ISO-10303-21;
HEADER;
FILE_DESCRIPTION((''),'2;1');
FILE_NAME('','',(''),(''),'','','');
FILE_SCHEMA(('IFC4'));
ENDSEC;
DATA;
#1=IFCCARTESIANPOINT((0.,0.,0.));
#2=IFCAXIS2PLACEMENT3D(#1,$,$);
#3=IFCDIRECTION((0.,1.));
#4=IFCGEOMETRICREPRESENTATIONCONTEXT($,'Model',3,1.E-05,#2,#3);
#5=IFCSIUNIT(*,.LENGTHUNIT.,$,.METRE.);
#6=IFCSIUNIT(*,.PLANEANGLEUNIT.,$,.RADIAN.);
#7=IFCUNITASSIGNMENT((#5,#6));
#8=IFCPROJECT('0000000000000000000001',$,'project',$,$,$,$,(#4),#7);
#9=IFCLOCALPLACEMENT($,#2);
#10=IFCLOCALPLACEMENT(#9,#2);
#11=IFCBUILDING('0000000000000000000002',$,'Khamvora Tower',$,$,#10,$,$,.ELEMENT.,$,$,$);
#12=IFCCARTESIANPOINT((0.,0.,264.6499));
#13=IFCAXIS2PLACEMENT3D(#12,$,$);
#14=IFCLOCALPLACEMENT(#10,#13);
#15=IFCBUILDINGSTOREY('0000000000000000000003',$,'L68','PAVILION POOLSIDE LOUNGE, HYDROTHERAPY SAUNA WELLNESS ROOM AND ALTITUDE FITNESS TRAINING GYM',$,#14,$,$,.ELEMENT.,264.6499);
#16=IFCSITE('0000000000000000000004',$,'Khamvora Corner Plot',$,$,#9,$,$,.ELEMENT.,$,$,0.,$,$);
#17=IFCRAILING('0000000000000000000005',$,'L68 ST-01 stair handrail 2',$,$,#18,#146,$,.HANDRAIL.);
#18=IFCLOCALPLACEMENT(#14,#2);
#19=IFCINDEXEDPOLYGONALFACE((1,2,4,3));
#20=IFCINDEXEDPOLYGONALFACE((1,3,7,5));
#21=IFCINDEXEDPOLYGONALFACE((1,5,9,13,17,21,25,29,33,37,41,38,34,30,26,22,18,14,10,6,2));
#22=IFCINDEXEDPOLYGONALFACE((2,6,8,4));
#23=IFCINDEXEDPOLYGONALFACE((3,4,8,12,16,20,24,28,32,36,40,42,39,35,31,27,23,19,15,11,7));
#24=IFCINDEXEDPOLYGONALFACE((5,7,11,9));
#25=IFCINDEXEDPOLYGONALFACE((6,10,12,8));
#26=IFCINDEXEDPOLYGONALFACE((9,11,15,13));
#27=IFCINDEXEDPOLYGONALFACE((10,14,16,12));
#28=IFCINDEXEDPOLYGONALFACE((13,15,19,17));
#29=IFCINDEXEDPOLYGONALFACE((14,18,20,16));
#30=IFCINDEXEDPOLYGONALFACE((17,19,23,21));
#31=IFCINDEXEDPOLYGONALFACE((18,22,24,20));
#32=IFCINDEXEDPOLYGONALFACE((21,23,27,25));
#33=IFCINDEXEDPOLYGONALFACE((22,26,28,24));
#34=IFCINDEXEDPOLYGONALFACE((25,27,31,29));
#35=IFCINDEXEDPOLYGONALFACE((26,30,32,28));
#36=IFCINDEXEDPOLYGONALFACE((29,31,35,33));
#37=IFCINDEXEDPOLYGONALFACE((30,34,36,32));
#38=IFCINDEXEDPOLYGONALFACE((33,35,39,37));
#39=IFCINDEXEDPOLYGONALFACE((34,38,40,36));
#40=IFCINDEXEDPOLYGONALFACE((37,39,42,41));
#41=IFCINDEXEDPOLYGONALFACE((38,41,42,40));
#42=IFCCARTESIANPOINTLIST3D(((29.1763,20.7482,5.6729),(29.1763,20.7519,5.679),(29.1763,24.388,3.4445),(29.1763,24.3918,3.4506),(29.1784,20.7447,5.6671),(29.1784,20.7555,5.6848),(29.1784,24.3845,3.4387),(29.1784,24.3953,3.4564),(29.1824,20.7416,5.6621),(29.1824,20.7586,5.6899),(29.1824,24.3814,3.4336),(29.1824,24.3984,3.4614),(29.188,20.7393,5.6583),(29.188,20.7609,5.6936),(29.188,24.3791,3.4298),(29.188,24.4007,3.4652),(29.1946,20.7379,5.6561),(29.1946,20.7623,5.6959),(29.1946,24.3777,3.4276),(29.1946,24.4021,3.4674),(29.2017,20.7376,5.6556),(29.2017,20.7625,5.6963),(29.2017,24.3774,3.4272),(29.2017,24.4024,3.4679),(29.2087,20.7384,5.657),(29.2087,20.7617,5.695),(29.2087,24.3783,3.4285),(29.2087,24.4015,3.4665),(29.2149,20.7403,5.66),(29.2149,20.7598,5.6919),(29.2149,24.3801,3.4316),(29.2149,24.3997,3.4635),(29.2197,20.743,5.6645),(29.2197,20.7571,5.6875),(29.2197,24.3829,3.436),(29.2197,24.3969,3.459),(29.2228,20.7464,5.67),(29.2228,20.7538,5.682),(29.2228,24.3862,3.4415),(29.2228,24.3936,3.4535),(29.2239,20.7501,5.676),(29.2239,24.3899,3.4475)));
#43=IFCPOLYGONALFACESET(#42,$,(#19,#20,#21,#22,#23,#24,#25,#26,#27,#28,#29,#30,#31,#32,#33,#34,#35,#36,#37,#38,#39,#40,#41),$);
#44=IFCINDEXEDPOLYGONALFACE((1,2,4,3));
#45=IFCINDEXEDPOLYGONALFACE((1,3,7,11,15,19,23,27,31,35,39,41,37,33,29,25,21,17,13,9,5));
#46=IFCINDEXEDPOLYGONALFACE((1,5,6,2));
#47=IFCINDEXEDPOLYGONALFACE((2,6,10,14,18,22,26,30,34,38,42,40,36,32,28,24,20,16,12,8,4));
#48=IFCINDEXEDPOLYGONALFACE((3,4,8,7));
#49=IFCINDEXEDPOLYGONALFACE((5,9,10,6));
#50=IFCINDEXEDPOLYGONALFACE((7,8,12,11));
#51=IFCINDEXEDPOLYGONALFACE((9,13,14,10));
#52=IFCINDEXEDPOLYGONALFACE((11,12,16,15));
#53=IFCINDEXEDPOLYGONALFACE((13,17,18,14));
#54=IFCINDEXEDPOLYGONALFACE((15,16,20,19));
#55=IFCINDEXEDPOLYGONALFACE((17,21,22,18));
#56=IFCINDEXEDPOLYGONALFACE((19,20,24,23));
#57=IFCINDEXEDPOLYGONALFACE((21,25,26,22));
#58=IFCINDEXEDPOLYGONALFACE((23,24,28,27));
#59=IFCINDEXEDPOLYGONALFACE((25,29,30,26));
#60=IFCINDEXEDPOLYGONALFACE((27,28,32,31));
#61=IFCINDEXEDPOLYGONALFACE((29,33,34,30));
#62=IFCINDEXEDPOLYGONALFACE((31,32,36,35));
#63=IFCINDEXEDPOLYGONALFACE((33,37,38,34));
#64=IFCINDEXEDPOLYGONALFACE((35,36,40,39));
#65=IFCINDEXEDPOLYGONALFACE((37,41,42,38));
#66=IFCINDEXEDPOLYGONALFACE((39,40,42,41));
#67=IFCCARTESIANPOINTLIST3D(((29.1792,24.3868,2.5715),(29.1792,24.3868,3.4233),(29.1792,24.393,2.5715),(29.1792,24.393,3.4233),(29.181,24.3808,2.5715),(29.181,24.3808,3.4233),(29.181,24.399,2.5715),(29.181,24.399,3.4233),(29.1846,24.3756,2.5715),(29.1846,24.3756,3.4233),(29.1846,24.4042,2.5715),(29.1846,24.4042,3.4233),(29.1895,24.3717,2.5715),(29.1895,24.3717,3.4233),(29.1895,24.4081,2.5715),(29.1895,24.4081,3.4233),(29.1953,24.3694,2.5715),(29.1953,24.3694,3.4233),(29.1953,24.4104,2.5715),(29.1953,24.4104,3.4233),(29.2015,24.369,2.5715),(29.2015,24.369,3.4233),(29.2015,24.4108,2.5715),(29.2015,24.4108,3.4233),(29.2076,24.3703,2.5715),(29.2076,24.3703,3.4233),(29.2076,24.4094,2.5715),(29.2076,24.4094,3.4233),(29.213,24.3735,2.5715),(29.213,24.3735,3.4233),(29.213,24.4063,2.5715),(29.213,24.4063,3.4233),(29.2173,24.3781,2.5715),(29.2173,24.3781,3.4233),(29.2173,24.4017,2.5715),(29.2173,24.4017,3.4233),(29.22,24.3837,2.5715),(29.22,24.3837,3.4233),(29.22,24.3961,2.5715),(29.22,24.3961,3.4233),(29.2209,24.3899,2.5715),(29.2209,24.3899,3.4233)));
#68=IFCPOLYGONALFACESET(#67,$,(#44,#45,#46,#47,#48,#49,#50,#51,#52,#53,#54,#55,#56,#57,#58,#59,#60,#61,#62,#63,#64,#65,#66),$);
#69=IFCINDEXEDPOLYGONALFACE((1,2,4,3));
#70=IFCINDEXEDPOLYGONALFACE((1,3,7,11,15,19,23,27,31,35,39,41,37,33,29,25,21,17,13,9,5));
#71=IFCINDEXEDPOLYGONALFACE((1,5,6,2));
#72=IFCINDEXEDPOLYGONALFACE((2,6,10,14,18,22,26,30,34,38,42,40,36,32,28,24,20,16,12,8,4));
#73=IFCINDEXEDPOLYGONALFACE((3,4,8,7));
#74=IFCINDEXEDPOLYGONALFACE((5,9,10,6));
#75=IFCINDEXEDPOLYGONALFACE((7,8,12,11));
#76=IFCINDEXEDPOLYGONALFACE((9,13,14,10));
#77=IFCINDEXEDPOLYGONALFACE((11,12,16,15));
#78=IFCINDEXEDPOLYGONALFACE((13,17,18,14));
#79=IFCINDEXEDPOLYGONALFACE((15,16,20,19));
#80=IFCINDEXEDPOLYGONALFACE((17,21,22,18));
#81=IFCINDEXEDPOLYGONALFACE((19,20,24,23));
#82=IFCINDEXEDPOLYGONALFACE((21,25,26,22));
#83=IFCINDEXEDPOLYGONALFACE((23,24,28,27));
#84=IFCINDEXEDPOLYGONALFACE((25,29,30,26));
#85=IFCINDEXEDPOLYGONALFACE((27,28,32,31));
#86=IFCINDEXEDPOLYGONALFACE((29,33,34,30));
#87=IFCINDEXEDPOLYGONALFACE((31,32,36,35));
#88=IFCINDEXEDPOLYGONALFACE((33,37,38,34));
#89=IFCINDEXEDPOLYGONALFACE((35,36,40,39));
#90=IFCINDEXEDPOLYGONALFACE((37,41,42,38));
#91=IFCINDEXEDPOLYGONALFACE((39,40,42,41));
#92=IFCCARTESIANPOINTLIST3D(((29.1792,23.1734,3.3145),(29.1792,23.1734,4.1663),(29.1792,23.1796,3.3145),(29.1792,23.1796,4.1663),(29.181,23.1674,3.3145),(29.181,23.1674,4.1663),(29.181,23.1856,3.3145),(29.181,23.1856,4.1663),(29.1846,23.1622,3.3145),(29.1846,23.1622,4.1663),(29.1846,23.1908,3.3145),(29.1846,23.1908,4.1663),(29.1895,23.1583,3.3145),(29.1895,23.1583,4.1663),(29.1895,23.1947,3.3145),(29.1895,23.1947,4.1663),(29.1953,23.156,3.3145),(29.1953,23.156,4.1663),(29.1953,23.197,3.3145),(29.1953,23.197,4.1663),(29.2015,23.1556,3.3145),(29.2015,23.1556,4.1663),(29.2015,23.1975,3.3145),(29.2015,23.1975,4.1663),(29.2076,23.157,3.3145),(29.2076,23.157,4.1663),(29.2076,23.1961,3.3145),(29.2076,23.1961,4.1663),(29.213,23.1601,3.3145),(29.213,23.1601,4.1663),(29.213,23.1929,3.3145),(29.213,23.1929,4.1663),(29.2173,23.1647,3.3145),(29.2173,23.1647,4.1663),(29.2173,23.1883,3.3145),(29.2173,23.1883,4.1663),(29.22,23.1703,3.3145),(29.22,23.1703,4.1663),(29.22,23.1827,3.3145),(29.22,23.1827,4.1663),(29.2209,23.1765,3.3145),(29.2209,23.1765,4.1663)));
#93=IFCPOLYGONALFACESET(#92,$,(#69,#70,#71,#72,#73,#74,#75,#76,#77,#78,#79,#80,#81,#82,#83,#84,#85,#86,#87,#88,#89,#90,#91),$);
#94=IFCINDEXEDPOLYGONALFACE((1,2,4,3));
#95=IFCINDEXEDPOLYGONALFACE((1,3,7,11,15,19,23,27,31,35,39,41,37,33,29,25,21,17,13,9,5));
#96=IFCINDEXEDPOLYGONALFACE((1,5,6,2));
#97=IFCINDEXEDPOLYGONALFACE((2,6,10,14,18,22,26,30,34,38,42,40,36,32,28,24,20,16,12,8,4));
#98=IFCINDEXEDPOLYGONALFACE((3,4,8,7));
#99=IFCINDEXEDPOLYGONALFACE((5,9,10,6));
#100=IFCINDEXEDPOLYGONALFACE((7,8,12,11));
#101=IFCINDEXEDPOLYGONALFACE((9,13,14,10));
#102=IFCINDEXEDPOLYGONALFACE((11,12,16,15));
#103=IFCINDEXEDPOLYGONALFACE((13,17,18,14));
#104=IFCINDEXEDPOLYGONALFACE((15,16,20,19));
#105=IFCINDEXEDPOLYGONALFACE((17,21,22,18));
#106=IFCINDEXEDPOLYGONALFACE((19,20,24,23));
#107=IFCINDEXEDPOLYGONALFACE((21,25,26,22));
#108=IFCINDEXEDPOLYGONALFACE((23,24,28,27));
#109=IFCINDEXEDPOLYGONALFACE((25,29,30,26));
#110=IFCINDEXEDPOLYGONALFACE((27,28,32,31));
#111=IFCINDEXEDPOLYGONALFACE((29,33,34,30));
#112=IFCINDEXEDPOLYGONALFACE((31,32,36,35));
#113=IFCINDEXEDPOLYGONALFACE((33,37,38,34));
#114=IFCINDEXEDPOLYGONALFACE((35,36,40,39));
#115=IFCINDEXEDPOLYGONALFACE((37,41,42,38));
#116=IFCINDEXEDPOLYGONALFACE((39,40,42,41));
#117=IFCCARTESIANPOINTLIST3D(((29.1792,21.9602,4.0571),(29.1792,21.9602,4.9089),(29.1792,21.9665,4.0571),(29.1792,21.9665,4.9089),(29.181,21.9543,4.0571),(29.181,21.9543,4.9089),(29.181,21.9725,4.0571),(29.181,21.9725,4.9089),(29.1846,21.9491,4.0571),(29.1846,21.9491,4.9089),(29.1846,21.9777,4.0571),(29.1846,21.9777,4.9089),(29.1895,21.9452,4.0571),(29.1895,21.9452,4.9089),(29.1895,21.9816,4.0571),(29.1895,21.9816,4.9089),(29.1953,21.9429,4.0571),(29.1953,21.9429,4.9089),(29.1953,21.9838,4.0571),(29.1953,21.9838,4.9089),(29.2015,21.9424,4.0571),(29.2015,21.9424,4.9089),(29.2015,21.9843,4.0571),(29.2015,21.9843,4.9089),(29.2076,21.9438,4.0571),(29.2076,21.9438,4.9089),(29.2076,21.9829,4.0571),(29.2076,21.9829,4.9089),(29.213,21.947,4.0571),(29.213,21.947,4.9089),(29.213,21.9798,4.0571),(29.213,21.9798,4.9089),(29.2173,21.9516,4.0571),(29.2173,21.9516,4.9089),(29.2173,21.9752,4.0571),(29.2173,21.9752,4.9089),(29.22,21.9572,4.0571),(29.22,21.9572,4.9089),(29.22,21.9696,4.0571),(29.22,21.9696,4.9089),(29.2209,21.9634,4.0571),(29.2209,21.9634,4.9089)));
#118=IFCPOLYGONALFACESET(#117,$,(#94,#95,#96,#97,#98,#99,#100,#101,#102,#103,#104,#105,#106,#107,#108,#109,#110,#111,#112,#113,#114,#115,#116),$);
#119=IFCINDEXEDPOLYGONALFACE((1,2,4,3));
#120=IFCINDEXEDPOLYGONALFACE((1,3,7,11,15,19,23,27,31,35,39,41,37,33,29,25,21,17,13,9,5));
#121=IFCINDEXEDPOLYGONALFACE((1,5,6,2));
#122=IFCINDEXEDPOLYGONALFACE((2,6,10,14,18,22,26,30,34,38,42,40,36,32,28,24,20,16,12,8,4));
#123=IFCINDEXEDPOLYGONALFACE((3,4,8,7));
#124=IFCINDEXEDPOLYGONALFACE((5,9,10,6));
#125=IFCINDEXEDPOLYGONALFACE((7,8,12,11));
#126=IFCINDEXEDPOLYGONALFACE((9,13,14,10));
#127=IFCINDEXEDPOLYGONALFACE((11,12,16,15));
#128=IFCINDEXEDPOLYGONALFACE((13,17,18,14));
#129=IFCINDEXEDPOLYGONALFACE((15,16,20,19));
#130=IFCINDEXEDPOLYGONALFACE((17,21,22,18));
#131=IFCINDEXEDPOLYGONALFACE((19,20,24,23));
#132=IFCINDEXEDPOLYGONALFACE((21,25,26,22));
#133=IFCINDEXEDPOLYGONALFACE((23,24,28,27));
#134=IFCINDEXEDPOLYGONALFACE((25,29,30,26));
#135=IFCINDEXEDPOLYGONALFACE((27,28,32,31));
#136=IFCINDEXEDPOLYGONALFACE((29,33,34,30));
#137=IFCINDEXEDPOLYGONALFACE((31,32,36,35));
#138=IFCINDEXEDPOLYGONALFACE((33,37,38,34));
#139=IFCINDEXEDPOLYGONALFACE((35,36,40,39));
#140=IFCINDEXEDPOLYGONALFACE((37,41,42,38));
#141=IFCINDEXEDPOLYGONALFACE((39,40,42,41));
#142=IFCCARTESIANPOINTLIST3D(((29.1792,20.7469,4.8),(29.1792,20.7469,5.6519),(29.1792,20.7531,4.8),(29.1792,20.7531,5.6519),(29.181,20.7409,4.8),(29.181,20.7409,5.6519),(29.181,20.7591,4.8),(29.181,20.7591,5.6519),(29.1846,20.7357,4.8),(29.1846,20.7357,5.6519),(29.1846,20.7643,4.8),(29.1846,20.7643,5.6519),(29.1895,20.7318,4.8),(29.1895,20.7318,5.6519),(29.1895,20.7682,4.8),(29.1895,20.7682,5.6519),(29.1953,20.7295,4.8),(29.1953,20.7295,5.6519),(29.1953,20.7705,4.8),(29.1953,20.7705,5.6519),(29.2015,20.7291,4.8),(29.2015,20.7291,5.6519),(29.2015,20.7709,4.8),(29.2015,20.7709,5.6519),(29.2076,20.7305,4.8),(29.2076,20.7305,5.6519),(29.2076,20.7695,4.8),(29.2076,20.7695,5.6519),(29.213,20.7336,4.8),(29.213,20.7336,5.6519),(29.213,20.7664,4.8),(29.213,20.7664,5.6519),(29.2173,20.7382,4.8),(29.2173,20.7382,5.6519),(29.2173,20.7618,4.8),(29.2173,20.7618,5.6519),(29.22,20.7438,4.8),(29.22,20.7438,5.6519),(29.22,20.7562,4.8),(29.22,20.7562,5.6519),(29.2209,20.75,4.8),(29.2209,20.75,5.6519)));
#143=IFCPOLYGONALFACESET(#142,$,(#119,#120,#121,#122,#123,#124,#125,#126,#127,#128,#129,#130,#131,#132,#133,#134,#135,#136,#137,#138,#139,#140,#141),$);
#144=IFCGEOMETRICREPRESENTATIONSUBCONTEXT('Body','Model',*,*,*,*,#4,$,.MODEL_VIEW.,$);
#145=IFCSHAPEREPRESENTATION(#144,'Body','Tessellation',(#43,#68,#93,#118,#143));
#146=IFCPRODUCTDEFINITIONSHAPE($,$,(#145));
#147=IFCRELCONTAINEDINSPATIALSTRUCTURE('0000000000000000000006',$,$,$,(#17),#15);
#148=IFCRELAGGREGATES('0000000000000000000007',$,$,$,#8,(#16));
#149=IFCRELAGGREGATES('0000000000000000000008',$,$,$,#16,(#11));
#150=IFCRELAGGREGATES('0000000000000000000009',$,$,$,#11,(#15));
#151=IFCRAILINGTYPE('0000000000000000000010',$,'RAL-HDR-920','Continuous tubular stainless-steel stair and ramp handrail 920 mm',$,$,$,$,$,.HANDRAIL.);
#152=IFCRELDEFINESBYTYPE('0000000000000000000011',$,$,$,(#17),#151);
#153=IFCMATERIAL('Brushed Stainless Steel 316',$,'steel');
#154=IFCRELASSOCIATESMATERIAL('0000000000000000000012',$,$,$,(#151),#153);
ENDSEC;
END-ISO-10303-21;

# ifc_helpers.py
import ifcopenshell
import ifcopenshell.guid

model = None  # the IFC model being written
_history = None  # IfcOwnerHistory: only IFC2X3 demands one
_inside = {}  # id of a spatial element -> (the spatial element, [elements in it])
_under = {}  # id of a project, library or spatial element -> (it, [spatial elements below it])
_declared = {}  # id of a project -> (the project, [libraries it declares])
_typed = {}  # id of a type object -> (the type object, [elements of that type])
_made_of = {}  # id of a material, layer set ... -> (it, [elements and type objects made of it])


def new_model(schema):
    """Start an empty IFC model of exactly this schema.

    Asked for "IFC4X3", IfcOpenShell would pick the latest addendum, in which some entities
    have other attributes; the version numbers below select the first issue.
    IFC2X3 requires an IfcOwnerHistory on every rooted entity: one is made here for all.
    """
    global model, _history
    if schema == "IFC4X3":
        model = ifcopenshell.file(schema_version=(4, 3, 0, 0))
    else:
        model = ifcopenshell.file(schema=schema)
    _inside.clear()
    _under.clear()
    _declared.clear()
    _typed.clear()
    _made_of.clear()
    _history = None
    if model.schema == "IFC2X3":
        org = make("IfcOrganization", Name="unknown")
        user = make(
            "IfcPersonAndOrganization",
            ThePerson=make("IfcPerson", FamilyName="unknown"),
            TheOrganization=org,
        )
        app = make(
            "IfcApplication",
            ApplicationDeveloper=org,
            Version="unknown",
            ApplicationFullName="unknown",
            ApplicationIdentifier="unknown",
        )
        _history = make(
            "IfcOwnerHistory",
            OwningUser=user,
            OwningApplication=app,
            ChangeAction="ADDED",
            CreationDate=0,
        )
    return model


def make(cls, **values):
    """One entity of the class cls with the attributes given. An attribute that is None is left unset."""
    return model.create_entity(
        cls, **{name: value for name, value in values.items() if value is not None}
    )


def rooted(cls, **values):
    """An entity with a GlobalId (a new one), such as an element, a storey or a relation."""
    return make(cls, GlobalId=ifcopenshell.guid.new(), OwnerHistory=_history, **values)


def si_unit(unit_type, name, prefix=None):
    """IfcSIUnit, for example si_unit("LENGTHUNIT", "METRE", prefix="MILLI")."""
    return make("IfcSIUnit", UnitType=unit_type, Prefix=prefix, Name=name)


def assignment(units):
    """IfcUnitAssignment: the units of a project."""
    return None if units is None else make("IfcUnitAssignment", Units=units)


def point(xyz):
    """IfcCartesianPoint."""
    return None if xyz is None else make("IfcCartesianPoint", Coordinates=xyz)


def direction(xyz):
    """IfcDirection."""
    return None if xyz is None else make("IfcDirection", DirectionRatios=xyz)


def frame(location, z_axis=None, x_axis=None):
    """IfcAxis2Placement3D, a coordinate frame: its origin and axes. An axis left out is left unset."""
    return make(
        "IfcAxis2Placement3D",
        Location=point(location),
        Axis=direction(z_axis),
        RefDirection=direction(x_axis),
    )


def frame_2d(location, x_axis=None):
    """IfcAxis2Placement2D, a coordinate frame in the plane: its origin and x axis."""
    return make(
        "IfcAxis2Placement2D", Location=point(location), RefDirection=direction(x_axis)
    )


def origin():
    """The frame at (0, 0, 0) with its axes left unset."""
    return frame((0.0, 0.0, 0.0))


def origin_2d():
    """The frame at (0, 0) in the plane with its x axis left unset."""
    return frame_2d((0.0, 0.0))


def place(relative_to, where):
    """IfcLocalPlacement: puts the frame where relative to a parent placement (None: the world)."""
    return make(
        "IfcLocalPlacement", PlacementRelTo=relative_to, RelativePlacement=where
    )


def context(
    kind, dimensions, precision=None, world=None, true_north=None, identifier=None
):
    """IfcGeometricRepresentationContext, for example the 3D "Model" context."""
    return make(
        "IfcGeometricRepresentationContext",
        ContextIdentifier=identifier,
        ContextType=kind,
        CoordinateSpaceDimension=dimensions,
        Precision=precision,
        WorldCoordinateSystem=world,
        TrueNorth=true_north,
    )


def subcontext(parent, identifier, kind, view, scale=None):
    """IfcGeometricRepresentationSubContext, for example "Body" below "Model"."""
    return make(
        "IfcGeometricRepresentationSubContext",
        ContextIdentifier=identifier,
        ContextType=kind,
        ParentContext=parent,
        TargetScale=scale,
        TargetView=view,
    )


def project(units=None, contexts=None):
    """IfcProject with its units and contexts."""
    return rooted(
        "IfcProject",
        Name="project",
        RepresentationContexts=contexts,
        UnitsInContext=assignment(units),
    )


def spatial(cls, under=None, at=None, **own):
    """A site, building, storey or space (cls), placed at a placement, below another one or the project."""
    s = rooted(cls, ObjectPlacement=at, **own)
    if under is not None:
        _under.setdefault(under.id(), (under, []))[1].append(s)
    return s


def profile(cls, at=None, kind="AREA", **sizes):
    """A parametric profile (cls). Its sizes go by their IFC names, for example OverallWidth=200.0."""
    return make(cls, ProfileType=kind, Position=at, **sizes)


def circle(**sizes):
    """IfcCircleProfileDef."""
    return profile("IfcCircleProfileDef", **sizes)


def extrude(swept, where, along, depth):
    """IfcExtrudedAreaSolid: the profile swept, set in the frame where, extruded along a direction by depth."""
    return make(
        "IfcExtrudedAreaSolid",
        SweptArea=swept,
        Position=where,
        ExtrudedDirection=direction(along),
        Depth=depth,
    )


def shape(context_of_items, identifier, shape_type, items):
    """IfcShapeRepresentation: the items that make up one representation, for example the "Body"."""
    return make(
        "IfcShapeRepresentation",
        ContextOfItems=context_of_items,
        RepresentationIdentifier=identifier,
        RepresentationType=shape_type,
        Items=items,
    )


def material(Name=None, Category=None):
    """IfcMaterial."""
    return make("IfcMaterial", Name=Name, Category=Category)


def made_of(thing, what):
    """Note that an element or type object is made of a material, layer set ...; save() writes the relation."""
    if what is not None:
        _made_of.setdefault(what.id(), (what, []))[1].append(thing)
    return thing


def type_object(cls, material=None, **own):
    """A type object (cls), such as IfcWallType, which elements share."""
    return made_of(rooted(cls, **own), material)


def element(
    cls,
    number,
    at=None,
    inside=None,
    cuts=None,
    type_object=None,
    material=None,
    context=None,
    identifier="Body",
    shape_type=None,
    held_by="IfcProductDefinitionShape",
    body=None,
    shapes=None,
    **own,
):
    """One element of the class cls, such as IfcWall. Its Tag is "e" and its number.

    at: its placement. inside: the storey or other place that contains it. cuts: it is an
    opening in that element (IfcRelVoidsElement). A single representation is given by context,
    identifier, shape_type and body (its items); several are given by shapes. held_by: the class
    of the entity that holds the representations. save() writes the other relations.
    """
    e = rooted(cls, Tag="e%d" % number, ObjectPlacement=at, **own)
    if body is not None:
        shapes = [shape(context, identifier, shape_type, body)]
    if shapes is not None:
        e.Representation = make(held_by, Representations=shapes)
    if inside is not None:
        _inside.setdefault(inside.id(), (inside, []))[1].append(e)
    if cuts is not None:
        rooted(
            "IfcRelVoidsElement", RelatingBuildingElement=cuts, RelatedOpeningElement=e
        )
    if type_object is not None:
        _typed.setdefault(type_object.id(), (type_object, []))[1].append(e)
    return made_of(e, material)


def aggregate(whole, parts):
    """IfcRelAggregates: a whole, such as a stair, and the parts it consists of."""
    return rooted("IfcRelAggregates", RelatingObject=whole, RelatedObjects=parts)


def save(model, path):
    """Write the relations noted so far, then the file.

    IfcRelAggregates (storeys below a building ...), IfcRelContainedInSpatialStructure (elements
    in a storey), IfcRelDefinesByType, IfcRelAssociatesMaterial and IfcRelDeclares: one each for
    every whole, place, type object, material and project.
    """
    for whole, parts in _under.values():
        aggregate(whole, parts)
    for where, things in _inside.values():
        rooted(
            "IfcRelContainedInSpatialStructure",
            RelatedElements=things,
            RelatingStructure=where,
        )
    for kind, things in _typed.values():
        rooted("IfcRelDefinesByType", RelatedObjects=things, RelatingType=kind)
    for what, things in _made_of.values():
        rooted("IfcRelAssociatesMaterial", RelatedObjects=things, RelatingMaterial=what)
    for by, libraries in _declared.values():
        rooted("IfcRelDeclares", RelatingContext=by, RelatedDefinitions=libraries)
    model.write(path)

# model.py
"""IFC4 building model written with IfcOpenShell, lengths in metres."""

from ifc_helpers import new_model, si_unit, direction, frame, origin, origin_2d, place, context, subcontext, project, spatial, circle, extrude, material, type_object, element, save


model = new_model("IFC4")

# Units and contexts
model_context = context("Model", 3, precision=1e-05, world=origin(), true_north=direction((0.0, 1.0)))
body_context = subcontext(model_context, "Body", "Model", "MODEL_VIEW")
ifc_project = project(units=[si_unit("LENGTHUNIT", "METRE"), si_unit("PLANEANGLEUNIT", "RADIAN")], contexts=[model_context])

# Site, building, storey
site_placement = place(None, origin())
site = spatial("IfcSite", under=ifc_project, at=site_placement, Name="Khamvora Corner Plot", CompositionType="ELEMENT", RefElevation=0.0)
building_placement = place(site_placement, origin())
building = spatial("IfcBuilding", under=site, at=building_placement, Name="Khamvora Tower", CompositionType="ELEMENT")
storey_placement = place(building_placement, frame((0.0, 0.0, 264.6499)))
storey = spatial("IfcBuildingStorey", under=building, at=storey_placement, Name="L68", Description="PAVILION POOLSIDE LOUNGE, HYDROTHERAPY SAUNA WELLNESS ROOM AND ALTITUDE FITNESS TRAINING GYM", CompositionType="ELEMENT", Elevation=264.6499)

# Railing
ifc_material_1 = material(Name="Brushed Stainless Steel 316", Category="steel")
railing_type_1 = type_object("IfcRailingType", Name="RAL-HDR-920", Description="Continuous tubular stainless-steel stair and ramp handrail 920 mm", PredefinedType="HANDRAIL", material=ifc_material_1)
railing_1_placement = place(storey_placement, frame((29.2, 24.3899, 2.5715)))
element("IfcRailing", 1, at=railing_1_placement, inside=storey, type_object=railing_type_1, Name="L68 ST-01 stair handrail 2", PredefinedType="HANDRAIL", context=body_context, shape_type="SweptSolid", body=[
    extrude(circle(Radius=0.0239, at=origin_2d()), frame((0.0, 0.0, 0.876), z_axis=(0.0, -0.85285, 0.522156), x_axis=(1.0, 0.0, 0.0)), (0.0, 0.0, 1.0), 4.2678),
    extrude(circle(Radius=0.021, at=origin_2d()), origin(), (0.0, 0.0, 1.0), 0.8518),
    extrude(circle(Radius=0.021, at=origin_2d()), frame((0.0, -1.2134, 0.7429)), (0.0, 0.0, 1.0), 0.8518),
    extrude(circle(Radius=0.021, at=origin_2d()), frame((0.0, -2.4265, 1.4856)), (0.0, 0.0, 1.0), 0.8518),
    extrude(circle(Radius=0.021, at=origin_2d()), frame((0.0, -3.6399, 2.2285)), (0.0, 0.0, 1.0), 0.8518),
])

save(model, "model.ifc")
